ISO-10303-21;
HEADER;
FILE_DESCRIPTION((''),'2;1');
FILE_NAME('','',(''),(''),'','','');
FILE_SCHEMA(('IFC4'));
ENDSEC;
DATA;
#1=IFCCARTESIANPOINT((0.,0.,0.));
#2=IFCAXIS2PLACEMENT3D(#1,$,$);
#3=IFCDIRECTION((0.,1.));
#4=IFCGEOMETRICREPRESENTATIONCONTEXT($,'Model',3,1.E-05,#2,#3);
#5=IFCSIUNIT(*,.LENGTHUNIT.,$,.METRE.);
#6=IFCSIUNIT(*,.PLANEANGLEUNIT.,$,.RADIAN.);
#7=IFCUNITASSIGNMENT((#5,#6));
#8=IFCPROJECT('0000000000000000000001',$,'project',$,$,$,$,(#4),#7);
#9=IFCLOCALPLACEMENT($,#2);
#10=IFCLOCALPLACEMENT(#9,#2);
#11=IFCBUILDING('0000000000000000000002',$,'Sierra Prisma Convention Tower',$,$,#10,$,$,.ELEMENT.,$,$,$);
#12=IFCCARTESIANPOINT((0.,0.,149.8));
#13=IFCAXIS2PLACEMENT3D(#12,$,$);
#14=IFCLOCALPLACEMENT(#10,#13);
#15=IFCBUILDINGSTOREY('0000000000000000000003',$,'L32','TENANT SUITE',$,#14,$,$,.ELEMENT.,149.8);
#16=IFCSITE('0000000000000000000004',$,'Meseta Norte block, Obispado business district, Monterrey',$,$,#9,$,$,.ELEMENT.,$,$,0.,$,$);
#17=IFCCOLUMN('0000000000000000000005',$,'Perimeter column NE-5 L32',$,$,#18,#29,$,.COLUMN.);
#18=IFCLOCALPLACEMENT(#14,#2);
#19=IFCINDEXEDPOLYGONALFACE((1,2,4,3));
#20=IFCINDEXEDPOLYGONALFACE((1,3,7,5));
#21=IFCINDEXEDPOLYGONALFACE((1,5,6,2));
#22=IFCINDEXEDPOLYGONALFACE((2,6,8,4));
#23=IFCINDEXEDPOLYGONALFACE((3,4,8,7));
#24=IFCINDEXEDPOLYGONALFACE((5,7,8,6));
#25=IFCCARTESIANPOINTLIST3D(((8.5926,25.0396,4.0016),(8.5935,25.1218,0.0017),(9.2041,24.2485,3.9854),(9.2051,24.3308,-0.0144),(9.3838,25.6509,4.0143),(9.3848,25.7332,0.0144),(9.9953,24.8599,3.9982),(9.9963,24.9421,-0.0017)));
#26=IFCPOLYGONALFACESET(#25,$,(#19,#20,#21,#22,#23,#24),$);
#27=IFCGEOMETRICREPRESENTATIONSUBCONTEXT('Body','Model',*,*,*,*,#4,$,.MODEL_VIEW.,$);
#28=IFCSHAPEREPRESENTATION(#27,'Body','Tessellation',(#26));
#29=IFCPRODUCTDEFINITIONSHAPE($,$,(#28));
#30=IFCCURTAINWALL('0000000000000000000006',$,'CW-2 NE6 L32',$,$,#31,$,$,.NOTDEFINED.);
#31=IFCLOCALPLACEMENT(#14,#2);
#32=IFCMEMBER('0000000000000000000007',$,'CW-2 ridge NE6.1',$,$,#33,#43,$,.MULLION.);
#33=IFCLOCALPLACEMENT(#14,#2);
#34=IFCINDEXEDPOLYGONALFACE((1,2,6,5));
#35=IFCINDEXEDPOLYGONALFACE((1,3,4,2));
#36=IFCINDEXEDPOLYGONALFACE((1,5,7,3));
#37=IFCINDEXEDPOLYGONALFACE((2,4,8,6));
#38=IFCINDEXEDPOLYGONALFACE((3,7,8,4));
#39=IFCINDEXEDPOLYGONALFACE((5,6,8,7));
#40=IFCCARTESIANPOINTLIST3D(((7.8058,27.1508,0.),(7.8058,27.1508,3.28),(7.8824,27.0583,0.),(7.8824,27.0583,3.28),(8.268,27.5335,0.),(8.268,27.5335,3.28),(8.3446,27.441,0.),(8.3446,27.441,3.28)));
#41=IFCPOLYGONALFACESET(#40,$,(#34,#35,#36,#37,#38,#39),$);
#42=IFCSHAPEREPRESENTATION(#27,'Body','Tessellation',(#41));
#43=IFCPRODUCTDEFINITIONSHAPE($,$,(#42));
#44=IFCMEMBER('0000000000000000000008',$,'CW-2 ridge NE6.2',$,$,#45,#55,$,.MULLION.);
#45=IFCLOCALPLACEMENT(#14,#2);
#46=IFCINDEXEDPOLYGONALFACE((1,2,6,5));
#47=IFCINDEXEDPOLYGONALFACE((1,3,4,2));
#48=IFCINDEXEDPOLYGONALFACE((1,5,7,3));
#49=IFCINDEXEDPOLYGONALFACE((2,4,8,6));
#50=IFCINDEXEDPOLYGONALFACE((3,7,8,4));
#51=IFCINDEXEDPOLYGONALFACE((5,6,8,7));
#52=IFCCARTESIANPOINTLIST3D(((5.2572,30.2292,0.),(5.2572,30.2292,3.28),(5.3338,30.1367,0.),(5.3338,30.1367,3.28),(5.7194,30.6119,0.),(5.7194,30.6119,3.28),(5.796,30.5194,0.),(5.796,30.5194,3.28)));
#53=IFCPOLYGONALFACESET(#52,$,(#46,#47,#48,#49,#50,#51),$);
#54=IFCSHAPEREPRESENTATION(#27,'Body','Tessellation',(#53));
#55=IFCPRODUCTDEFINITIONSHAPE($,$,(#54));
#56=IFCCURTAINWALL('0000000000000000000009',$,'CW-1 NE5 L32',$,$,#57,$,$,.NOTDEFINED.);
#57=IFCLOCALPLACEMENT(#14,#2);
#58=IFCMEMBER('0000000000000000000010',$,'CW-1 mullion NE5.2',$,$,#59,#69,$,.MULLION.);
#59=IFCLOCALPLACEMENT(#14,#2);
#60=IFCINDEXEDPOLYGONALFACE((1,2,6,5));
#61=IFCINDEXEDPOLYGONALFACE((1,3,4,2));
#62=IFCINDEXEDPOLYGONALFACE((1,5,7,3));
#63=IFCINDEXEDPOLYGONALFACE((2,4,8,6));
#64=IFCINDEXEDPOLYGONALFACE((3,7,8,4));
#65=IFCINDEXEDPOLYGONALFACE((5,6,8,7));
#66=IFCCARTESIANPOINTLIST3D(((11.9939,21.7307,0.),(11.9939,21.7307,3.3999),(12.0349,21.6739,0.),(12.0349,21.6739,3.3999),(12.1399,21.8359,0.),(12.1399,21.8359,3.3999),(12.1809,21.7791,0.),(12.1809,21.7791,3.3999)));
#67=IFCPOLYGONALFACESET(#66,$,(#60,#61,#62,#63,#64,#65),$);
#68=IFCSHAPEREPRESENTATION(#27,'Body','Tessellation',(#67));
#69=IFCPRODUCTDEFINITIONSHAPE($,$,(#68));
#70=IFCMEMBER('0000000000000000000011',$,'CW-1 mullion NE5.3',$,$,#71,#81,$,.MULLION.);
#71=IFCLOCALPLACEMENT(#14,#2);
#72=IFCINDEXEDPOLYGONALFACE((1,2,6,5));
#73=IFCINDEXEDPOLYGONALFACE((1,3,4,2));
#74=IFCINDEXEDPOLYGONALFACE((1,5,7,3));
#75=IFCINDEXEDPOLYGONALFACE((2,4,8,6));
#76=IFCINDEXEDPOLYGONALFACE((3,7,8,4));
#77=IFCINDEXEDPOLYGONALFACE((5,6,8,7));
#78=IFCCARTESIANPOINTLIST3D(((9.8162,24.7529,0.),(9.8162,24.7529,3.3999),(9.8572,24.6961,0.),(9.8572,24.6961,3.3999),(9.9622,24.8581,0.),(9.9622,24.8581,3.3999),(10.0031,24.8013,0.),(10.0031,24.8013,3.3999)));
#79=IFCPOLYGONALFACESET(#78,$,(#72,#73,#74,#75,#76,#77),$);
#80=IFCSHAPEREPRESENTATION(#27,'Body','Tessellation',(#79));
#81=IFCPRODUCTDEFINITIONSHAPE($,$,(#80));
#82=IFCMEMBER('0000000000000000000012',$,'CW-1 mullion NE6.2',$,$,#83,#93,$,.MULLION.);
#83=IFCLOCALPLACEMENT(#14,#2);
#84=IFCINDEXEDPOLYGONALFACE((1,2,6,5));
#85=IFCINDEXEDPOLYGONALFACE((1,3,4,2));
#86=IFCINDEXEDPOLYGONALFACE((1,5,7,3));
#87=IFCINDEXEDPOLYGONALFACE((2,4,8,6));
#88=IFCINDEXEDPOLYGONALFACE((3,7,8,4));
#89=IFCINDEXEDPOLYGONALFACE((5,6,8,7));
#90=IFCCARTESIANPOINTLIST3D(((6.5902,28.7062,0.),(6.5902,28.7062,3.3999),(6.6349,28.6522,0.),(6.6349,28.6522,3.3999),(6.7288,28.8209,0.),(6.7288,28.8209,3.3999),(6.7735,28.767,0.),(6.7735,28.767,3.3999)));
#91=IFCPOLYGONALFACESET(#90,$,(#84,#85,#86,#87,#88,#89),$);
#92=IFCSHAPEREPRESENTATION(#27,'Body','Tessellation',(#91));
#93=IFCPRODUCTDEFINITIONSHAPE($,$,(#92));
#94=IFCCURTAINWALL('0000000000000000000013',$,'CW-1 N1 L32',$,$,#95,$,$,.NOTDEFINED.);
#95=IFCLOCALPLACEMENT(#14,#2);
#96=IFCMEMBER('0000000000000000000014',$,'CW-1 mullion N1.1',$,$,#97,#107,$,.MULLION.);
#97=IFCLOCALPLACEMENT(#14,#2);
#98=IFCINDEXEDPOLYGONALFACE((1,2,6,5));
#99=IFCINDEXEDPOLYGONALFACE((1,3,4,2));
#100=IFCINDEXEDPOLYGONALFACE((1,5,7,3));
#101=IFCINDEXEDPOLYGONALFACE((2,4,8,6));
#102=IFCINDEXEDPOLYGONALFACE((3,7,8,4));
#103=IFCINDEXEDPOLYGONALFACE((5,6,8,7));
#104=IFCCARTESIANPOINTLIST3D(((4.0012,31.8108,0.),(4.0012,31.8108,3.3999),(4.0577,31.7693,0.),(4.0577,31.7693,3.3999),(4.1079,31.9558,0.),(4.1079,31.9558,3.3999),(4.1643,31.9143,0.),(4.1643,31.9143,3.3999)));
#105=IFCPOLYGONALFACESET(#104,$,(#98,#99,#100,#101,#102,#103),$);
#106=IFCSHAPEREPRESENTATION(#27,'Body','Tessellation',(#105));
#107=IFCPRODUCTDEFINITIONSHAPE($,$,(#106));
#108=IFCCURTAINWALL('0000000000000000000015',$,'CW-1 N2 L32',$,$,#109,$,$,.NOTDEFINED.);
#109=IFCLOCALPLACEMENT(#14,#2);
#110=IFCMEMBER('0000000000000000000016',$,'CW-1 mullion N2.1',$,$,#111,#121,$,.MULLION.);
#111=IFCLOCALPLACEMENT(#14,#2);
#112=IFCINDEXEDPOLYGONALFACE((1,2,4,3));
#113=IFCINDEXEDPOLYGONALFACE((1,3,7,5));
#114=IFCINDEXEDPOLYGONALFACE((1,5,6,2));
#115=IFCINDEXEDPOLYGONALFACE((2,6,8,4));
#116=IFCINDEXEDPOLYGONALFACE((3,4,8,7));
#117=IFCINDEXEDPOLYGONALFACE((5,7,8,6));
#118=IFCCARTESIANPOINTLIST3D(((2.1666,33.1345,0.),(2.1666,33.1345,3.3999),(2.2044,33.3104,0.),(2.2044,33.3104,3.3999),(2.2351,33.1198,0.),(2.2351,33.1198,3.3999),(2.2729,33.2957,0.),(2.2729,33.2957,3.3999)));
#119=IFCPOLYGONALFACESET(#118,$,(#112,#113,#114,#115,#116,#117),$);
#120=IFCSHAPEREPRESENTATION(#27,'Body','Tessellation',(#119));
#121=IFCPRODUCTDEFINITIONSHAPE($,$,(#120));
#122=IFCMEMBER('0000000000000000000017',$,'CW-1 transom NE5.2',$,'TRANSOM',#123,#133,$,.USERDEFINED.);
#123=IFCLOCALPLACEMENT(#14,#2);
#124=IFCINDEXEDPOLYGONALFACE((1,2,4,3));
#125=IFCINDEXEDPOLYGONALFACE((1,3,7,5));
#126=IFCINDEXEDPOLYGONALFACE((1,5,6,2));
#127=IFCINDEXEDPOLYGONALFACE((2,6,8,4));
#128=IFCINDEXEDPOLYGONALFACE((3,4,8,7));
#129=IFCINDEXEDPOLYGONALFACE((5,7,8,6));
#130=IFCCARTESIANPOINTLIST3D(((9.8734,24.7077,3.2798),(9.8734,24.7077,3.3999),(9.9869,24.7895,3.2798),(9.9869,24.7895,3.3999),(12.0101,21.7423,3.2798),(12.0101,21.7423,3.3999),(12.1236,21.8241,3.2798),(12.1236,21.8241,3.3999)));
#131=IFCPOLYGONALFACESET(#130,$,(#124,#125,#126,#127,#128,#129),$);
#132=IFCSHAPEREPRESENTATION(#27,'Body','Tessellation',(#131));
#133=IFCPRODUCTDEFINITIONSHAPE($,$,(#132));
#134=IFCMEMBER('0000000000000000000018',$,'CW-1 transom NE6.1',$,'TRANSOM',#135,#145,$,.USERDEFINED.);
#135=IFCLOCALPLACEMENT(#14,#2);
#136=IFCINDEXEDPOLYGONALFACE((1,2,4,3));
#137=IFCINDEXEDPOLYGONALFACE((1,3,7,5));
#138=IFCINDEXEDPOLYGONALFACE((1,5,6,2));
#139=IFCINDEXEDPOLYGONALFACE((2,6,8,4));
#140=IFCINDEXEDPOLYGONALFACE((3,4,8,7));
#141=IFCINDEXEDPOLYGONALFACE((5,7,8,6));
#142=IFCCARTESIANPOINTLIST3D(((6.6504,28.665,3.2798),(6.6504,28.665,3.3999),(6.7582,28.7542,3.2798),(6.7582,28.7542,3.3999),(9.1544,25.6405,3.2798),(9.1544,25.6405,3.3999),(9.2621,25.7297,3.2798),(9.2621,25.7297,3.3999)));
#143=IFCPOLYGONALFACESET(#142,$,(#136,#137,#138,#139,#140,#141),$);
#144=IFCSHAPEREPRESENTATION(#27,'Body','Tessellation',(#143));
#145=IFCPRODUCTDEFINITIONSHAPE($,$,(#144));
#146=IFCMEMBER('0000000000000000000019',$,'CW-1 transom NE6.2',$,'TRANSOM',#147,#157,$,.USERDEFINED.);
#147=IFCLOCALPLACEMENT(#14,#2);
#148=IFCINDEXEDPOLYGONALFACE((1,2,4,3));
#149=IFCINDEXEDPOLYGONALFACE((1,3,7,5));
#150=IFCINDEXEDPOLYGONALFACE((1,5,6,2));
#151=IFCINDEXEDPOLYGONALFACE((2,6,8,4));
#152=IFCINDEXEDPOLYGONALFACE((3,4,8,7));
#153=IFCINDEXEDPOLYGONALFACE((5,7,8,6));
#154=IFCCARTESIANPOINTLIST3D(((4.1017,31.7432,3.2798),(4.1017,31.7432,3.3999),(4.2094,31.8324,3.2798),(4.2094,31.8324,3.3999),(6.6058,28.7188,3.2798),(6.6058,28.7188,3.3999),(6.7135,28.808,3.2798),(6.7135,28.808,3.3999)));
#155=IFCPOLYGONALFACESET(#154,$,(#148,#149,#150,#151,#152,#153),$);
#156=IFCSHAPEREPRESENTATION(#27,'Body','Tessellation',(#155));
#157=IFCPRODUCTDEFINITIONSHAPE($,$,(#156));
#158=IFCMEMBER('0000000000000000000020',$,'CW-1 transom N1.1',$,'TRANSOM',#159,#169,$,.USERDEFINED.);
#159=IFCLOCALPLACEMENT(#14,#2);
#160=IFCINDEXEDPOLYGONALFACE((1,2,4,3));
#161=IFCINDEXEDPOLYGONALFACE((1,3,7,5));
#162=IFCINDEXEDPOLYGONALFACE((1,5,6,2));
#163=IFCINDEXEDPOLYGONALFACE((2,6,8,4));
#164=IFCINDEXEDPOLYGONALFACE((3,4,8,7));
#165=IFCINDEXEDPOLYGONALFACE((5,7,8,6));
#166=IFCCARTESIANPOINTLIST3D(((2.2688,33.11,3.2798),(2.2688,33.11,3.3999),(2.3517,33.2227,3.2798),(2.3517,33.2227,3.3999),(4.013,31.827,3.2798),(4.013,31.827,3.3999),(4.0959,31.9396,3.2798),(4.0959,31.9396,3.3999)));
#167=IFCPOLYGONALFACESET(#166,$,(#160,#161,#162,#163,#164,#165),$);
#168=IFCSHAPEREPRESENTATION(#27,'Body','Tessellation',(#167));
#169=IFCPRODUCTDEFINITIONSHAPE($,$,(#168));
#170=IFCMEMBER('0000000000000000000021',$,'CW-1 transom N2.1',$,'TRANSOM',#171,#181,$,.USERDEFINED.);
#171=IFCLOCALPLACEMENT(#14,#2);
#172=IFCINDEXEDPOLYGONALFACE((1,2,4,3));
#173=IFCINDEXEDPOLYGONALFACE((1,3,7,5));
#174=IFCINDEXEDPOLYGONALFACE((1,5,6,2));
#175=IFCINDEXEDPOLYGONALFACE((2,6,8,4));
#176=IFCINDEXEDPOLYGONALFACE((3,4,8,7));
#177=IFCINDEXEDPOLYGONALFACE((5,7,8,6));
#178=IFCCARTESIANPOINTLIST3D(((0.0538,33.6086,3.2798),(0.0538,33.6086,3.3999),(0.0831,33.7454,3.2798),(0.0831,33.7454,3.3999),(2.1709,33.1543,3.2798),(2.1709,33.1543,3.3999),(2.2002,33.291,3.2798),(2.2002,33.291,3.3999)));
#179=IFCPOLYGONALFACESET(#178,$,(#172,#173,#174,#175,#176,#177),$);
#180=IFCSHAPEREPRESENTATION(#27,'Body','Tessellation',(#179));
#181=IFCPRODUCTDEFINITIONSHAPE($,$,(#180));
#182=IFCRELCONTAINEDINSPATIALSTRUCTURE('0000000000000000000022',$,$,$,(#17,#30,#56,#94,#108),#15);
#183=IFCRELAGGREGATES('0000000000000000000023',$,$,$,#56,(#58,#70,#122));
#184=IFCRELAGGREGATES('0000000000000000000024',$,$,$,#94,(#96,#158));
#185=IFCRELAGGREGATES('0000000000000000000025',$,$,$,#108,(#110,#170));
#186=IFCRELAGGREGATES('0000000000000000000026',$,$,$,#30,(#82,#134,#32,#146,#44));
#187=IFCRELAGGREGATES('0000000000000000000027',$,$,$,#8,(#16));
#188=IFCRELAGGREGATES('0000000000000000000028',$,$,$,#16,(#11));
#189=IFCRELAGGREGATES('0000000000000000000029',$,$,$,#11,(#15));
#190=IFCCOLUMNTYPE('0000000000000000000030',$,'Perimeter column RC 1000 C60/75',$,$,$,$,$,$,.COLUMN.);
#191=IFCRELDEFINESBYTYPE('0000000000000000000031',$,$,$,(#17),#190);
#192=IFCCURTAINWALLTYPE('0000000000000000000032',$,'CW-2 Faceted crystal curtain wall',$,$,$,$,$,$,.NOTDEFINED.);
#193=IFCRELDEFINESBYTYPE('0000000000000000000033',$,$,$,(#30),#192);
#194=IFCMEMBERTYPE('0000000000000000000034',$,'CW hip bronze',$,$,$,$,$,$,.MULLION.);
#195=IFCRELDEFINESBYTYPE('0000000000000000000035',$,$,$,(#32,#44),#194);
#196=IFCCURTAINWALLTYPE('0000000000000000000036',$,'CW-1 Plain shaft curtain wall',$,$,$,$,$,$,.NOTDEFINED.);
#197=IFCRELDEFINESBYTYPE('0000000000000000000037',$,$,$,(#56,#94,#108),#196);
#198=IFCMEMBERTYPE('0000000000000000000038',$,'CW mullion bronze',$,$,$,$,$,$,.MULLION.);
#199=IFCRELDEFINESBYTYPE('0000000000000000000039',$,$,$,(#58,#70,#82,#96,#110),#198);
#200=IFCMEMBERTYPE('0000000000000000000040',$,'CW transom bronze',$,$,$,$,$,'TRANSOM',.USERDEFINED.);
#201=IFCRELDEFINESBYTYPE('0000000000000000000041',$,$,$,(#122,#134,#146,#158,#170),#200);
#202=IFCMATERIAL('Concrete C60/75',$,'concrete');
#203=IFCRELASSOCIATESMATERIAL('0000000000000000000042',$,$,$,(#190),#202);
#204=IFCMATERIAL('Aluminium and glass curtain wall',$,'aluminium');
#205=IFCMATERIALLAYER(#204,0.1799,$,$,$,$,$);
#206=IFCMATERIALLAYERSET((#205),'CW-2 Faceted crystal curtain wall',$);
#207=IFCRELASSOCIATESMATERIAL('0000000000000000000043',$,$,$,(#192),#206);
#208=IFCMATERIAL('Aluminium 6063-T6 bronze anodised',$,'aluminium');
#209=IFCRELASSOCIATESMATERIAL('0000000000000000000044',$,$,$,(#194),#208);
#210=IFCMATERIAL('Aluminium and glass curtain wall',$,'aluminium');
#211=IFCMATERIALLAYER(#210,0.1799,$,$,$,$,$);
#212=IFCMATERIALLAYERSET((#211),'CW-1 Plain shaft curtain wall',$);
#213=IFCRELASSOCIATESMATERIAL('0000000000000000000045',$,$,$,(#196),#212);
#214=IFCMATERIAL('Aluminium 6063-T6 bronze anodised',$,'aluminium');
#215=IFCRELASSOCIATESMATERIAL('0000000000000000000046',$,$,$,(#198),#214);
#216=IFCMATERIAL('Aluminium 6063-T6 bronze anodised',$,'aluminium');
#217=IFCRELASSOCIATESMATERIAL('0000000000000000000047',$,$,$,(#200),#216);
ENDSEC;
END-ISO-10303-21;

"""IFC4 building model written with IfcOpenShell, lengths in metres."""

from ifc_helpers import new_model, si_unit, direction, frame, origin, origin_2d, place, context, subcontext, project, spatial, rectangle, extrude, material, layer, layer_set, material_profile, profile_set, type_object, element, aggregate, save


model = new_model("IFC4")

# Units and contexts
model_context = context("Model", 3, precision=1e-05, world=origin(), true_north=direction((0.0, 1.0)))
body_context = subcontext(model_context, "Body", "Model", "MODEL_VIEW")
ifc_project = project(units=[si_unit("LENGTHUNIT", "METRE"), si_unit("PLANEANGLEUNIT", "RADIAN")], contexts=[model_context])

# Site, building, storey
site_placement = place(None, origin())
site = spatial("IfcSite", under=ifc_project, at=site_placement, Name="Meseta Norte block, Obispado business district, Monterrey", CompositionType="ELEMENT", RefElevation=0.0)
building_placement = place(site_placement, origin())
building = spatial("IfcBuilding", under=site, at=building_placement, Name="Sierra Prisma Convention Tower", CompositionType="ELEMENT")
storey_placement = place(building_placement, frame((0.0, 0.0, 149.8)))
storey = spatial("IfcBuildingStorey", under=building, at=storey_placement, Name="L32", Description="TENANT SUITE", CompositionType="ELEMENT", Elevation=149.8)

# Column
ifc_material_1 = material(Name="Concrete C60/75", Category="concrete")
ifc_material_profile_1 = material_profile(ifc_material_1, rectangle(XDim=1.0, YDim=1.0, at=origin_2d()), Name="Perimeter column RC 1000 C60/75")
ifc_profile_set_1 = profile_set([ifc_material_profile_1], Name="Concrete C60/75")
column_type = type_object("IfcColumnType", Name="Perimeter column RC 1000 C60/75", PredefinedType="COLUMN", material=ifc_profile_set_1)
column_placement = place(storey_placement, frame((9.2949, 25.032, 0.0), z_axis=(-0.000244, -0.020564, 0.999788), x_axis=(-0.611501, 0.79108, 0.016122)))
element("IfcColumn", 1, at=column_placement, inside=storey, type_object=column_type, Name="Perimeter column NE-5 L32", PredefinedType="COLUMN", context=body_context, shape_type="SweptSolid", body=[
    extrude(rectangle(XDim=1.0, YDim=1.0, at=origin_2d()), origin(), (0.0, 0.0, 1.0), 4.0007),
])

# Curtain walls, members
ifc_material_2 = material(Name="Aluminium and glass curtain wall", Category="aluminium")
ifc_layer_1 = layer(ifc_material_2, 0.1799)
ifc_layer_set_1 = layer_set([ifc_layer_1], Name="CW-2 Faceted crystal curtain wall")
curtain_wall_type_1 = type_object("IfcCurtainWallType", Name="CW-2 Faceted crystal curtain wall", PredefinedType="NOTDEFINED", material=ifc_layer_set_1)
curtain_wall_1_placement = place(storey_placement, origin())
curtain_wall_1 = element("IfcCurtainWall", 2, at=curtain_wall_1_placement, inside=storey, type_object=curtain_wall_type_1, Name="CW-2 NE6 L32", PredefinedType="NOTDEFINED")
ifc_material_3 = material(Name="Aluminium 6063-T6 bronze anodised", Category="aluminium")
ifc_material_profile_2 = material_profile(ifc_material_3, rectangle(XDim=0.1201, YDim=0.6001, at=origin_2d()), Name="ALU RIDGE BLADE 120x600")
ifc_profile_set_2 = profile_set([ifc_material_profile_2], Name="Aluminium 6063-T6 bronze anodised")
member_type_1 = type_object("IfcMemberType", Name="CW hip bronze", PredefinedType="MULLION", material=ifc_profile_set_2)
member_1_placement = place(storey_placement, frame((8.0752, 27.2959, 0.0), z_axis=(0.0, 0.0, 1.0), x_axis=(-0.637728, 0.770261, 0.0)))
member_1 = element("IfcMember", 3, at=member_1_placement, type_object=member_type_1, Name="CW-2 ridge NE6.1", PredefinedType="MULLION", context=body_context, shape_type="SweptSolid", body=[
    extrude(rectangle(XDim=0.1201, YDim=0.6001, at=origin_2d()), origin(), (0.0, 0.0, 1.0), 3.28),
])
member_2_placement = place(storey_placement, frame((5.5266, 30.3743, 0.0), z_axis=(0.0, 0.0, 1.0), x_axis=(-0.637728, 0.770261, 0.0)))
member_2 = element("IfcMember", 4, at=member_2_placement, type_object=member_type_1, Name="CW-2 ridge NE6.2", PredefinedType="MULLION", context=body_context, shape_type="SweptSolid", body=[
    extrude(rectangle(XDim=0.1201, YDim=0.6001, at=origin_2d()), origin(), (0.0, 0.0, 1.0), 3.28),
])
ifc_material_4 = material(Name="Aluminium and glass curtain wall", Category="aluminium")
ifc_layer_2 = layer(ifc_material_4, 0.1799)
ifc_layer_set_2 = layer_set([ifc_layer_2], Name="CW-1 Plain shaft curtain wall")
curtain_wall_type_2 = type_object("IfcCurtainWallType", Name="CW-1 Plain shaft curtain wall", PredefinedType="NOTDEFINED", material=ifc_layer_set_2)
curtain_wall_2_placement = place(storey_placement, origin())
curtain_wall_2 = element("IfcCurtainWall", 5, at=curtain_wall_2_placement, inside=storey, type_object=curtain_wall_type_2, Name="CW-1 NE5 L32", PredefinedType="NOTDEFINED")
ifc_material_5 = material(Name="Aluminium 6063-T6 bronze anodised", Category="aluminium")
ifc_material_profile_3 = material_profile(ifc_material_5, rectangle(XDim=0.1799, YDim=0.0701, at=origin_2d()), Name="ALU MULLION 70x180")
ifc_profile_set_3 = profile_set([ifc_material_profile_3], Name="Aluminium 6063-T6 bronze anodised")
member_type_2 = type_object("IfcMemberType", Name="CW mullion bronze", PredefinedType="MULLION", material=ifc_profile_set_3)
member_3_placement = place(storey_placement, frame((12.0874, 21.7549, 0.0), z_axis=(0.0, 0.0, 1.0), x_axis=(-0.811333, -0.584584, 0.0)))
member_3 = element("IfcMember", 6, at=member_3_placement, type_object=member_type_2, Name="CW-1 mullion NE5.2", PredefinedType="MULLION", context=body_context, shape_type="SweptSolid", body=[
    extrude(rectangle(XDim=0.1799, YDim=0.0701, at=origin_2d()), origin(), (0.0, 0.0, 1.0), 3.3999),
])
member_4_placement = place(storey_placement, frame((9.9097, 24.7771, 0.0), z_axis=(0.0, 0.0, 1.0), x_axis=(-0.811333, -0.584584, 0.0)))
member_4 = element("IfcMember", 7, at=member_4_placement, type_object=member_type_2, Name="CW-1 mullion NE5.3", PredefinedType="MULLION", context=body_context, shape_type="SweptSolid", body=[
    extrude(rectangle(XDim=0.1799, YDim=0.0701, at=origin_2d()), origin(), (0.0, 0.0, 1.0), 3.3999),
])

# Member
member_5_placement = place(storey_placement, frame((6.6819, 28.7366, 0.0), z_axis=(0.0, 0.0, 1.0), x_axis=(-0.770261, -0.637728, 0.0)))
member_5 = element("IfcMember", 8, at=member_5_placement, type_object=member_type_2, Name="CW-1 mullion NE6.2", PredefinedType="MULLION", context=body_context, shape_type="SweptSolid", body=[
    extrude(rectangle(XDim=0.1799, YDim=0.0701, at=origin_2d()), origin(), (0.0, 0.0, 1.0), 3.3999),
])

# Curtain walls, members
curtain_wall_3_placement = place(storey_placement, origin())
curtain_wall_3 = element("IfcCurtainWall", 9, at=curtain_wall_3_placement, inside=storey, type_object=curtain_wall_type_2, Name="CW-1 N1 L32", PredefinedType="NOTDEFINED")
member_6_placement = place(storey_placement, frame((4.0828, 31.8625, 0.0), z_axis=(0.0, 0.0, 1.0), x_axis=(-0.592571, -0.805519, 0.0)))
member_6 = element("IfcMember", 10, at=member_6_placement, type_object=member_type_2, Name="CW-1 mullion N1.1", PredefinedType="MULLION", context=body_context, shape_type="SweptSolid", body=[
    extrude(rectangle(XDim=0.1799, YDim=0.0701, at=origin_2d()), origin(), (0.0, 0.0, 1.0), 3.3999),
])
curtain_wall_4_placement = place(storey_placement, origin())
curtain_wall_4 = element("IfcCurtainWall", 11, at=curtain_wall_4_placement, inside=storey, type_object=curtain_wall_type_2, Name="CW-1 N2 L32", PredefinedType="NOTDEFINED")
member_7_placement = place(storey_placement, frame((2.2197, 33.2151, 0.0), z_axis=(0.0, 0.0, 1.0), x_axis=(-0.209844, -0.977735, 0.0)))
member_7 = element("IfcMember", 12, at=member_7_placement, type_object=member_type_2, Name="CW-1 mullion N2.1", PredefinedType="MULLION", context=body_context, shape_type="SweptSolid", body=[
    extrude(rectangle(XDim=0.1799, YDim=0.0701, at=origin_2d()), origin(), (0.0, 0.0, 1.0), 3.3999),
])

# Members
ifc_material_6 = material(Name="Aluminium 6063-T6 bronze anodised", Category="aluminium")
ifc_material_profile_4 = material_profile(ifc_material_6, rectangle(XDim=0.1399, YDim=0.1201, at=origin_2d()), Name="ALU TRANSOM 120x140")
ifc_profile_set_4 = profile_set([ifc_material_profile_4], Name="Aluminium 6063-T6 bronze anodised")
member_type_3 = type_object("IfcMemberType", Name="CW transom bronze", ElementType="TRANSOM", PredefinedType="USERDEFINED", material=ifc_profile_set_4)
member_8_placement = place(storey_placement, frame((12.0669, 21.7832, 3.3398), z_axis=(-0.584607, 0.811316, 0.0), x_axis=(-0.811316, -0.584607, 0.0)))
member_8 = element("IfcMember", 13, at=member_8_placement, type_object=member_type_3, Name="CW-1 transom NE5.2", ObjectType="TRANSOM", PredefinedType="USERDEFINED", context=body_context, shape_type="SweptSolid", body=[
    extrude(rectangle(XDim=0.1399, YDim=0.1201, at=origin_2d()), origin(), (0.0, 0.0, 1.0), 3.655),
])
member_9_placement = place(storey_placement, frame((9.2083, 25.6851, 3.3398), z_axis=(-0.63771, 0.770276, 0.0), x_axis=(-0.770276, -0.63771, 0.0)))
member_9 = element("IfcMember", 14, at=member_9_placement, type_object=member_type_3, Name="CW-1 transom NE6.1", ObjectType="TRANSOM", PredefinedType="USERDEFINED", context=body_context, shape_type="SweptSolid", body=[
    extrude(rectangle(XDim=0.1399, YDim=0.1201, at=origin_2d()), origin(), (0.0, 0.0, 1.0), 3.9265),
])
member_10_placement = place(storey_placement, frame((6.6597, 28.7634, 3.3398), z_axis=(-0.637747, 0.770246, 0.0), x_axis=(-0.770246, -0.637747, 0.0)))
member_10 = element("IfcMember", 15, at=member_10_placement, type_object=member_type_3, Name="CW-1 transom NE6.2", ObjectType="TRANSOM", PredefinedType="USERDEFINED", context=body_context, shape_type="SweptSolid", body=[
    extrude(rectangle(XDim=0.1399, YDim=0.1201, at=origin_2d()), origin(), (0.0, 0.0, 1.0), 3.9265),
])
member_11_placement = place(storey_placement, frame((4.0544, 31.8833, 3.3398), z_axis=(-0.80554, 0.592541, 0.0), x_axis=(-0.592541, -0.80554, 0.0)))
member_11 = element("IfcMember", 16, at=member_11_placement, type_object=member_type_3, Name="CW-1 transom N1.1", ObjectType="TRANSOM", PredefinedType="USERDEFINED", context=body_context, shape_type="SweptSolid", body=[
    extrude(rectangle(XDim=0.1399, YDim=0.1201, at=origin_2d()), origin(), (0.0, 0.0, 1.0), 2.1653),
])
member_12_placement = place(storey_placement, frame((2.1855, 33.2227, 3.3398), z_axis=(-0.97774, 0.209822, 0.0), x_axis=(-0.209822, -0.97774, 0.0)))
member_12 = element("IfcMember", 17, at=member_12_placement, type_object=member_type_3, Name="CW-1 transom N2.1", ObjectType="TRANSOM", PredefinedType="USERDEFINED", context=body_context, shape_type="SweptSolid", body=[
    extrude(rectangle(XDim=0.1399, YDim=0.1201, at=origin_2d()), origin(), (0.0, 0.0, 1.0), 2.1653),
])

aggregate(curtain_wall_2, [member_3, member_4, member_8])
aggregate(curtain_wall_3, [member_6, member_11])
aggregate(curtain_wall_4, [member_7, member_12])
aggregate(curtain_wall_1, [member_5, member_9, member_1, member_10, member_2])

save(model, "model.ifc")
